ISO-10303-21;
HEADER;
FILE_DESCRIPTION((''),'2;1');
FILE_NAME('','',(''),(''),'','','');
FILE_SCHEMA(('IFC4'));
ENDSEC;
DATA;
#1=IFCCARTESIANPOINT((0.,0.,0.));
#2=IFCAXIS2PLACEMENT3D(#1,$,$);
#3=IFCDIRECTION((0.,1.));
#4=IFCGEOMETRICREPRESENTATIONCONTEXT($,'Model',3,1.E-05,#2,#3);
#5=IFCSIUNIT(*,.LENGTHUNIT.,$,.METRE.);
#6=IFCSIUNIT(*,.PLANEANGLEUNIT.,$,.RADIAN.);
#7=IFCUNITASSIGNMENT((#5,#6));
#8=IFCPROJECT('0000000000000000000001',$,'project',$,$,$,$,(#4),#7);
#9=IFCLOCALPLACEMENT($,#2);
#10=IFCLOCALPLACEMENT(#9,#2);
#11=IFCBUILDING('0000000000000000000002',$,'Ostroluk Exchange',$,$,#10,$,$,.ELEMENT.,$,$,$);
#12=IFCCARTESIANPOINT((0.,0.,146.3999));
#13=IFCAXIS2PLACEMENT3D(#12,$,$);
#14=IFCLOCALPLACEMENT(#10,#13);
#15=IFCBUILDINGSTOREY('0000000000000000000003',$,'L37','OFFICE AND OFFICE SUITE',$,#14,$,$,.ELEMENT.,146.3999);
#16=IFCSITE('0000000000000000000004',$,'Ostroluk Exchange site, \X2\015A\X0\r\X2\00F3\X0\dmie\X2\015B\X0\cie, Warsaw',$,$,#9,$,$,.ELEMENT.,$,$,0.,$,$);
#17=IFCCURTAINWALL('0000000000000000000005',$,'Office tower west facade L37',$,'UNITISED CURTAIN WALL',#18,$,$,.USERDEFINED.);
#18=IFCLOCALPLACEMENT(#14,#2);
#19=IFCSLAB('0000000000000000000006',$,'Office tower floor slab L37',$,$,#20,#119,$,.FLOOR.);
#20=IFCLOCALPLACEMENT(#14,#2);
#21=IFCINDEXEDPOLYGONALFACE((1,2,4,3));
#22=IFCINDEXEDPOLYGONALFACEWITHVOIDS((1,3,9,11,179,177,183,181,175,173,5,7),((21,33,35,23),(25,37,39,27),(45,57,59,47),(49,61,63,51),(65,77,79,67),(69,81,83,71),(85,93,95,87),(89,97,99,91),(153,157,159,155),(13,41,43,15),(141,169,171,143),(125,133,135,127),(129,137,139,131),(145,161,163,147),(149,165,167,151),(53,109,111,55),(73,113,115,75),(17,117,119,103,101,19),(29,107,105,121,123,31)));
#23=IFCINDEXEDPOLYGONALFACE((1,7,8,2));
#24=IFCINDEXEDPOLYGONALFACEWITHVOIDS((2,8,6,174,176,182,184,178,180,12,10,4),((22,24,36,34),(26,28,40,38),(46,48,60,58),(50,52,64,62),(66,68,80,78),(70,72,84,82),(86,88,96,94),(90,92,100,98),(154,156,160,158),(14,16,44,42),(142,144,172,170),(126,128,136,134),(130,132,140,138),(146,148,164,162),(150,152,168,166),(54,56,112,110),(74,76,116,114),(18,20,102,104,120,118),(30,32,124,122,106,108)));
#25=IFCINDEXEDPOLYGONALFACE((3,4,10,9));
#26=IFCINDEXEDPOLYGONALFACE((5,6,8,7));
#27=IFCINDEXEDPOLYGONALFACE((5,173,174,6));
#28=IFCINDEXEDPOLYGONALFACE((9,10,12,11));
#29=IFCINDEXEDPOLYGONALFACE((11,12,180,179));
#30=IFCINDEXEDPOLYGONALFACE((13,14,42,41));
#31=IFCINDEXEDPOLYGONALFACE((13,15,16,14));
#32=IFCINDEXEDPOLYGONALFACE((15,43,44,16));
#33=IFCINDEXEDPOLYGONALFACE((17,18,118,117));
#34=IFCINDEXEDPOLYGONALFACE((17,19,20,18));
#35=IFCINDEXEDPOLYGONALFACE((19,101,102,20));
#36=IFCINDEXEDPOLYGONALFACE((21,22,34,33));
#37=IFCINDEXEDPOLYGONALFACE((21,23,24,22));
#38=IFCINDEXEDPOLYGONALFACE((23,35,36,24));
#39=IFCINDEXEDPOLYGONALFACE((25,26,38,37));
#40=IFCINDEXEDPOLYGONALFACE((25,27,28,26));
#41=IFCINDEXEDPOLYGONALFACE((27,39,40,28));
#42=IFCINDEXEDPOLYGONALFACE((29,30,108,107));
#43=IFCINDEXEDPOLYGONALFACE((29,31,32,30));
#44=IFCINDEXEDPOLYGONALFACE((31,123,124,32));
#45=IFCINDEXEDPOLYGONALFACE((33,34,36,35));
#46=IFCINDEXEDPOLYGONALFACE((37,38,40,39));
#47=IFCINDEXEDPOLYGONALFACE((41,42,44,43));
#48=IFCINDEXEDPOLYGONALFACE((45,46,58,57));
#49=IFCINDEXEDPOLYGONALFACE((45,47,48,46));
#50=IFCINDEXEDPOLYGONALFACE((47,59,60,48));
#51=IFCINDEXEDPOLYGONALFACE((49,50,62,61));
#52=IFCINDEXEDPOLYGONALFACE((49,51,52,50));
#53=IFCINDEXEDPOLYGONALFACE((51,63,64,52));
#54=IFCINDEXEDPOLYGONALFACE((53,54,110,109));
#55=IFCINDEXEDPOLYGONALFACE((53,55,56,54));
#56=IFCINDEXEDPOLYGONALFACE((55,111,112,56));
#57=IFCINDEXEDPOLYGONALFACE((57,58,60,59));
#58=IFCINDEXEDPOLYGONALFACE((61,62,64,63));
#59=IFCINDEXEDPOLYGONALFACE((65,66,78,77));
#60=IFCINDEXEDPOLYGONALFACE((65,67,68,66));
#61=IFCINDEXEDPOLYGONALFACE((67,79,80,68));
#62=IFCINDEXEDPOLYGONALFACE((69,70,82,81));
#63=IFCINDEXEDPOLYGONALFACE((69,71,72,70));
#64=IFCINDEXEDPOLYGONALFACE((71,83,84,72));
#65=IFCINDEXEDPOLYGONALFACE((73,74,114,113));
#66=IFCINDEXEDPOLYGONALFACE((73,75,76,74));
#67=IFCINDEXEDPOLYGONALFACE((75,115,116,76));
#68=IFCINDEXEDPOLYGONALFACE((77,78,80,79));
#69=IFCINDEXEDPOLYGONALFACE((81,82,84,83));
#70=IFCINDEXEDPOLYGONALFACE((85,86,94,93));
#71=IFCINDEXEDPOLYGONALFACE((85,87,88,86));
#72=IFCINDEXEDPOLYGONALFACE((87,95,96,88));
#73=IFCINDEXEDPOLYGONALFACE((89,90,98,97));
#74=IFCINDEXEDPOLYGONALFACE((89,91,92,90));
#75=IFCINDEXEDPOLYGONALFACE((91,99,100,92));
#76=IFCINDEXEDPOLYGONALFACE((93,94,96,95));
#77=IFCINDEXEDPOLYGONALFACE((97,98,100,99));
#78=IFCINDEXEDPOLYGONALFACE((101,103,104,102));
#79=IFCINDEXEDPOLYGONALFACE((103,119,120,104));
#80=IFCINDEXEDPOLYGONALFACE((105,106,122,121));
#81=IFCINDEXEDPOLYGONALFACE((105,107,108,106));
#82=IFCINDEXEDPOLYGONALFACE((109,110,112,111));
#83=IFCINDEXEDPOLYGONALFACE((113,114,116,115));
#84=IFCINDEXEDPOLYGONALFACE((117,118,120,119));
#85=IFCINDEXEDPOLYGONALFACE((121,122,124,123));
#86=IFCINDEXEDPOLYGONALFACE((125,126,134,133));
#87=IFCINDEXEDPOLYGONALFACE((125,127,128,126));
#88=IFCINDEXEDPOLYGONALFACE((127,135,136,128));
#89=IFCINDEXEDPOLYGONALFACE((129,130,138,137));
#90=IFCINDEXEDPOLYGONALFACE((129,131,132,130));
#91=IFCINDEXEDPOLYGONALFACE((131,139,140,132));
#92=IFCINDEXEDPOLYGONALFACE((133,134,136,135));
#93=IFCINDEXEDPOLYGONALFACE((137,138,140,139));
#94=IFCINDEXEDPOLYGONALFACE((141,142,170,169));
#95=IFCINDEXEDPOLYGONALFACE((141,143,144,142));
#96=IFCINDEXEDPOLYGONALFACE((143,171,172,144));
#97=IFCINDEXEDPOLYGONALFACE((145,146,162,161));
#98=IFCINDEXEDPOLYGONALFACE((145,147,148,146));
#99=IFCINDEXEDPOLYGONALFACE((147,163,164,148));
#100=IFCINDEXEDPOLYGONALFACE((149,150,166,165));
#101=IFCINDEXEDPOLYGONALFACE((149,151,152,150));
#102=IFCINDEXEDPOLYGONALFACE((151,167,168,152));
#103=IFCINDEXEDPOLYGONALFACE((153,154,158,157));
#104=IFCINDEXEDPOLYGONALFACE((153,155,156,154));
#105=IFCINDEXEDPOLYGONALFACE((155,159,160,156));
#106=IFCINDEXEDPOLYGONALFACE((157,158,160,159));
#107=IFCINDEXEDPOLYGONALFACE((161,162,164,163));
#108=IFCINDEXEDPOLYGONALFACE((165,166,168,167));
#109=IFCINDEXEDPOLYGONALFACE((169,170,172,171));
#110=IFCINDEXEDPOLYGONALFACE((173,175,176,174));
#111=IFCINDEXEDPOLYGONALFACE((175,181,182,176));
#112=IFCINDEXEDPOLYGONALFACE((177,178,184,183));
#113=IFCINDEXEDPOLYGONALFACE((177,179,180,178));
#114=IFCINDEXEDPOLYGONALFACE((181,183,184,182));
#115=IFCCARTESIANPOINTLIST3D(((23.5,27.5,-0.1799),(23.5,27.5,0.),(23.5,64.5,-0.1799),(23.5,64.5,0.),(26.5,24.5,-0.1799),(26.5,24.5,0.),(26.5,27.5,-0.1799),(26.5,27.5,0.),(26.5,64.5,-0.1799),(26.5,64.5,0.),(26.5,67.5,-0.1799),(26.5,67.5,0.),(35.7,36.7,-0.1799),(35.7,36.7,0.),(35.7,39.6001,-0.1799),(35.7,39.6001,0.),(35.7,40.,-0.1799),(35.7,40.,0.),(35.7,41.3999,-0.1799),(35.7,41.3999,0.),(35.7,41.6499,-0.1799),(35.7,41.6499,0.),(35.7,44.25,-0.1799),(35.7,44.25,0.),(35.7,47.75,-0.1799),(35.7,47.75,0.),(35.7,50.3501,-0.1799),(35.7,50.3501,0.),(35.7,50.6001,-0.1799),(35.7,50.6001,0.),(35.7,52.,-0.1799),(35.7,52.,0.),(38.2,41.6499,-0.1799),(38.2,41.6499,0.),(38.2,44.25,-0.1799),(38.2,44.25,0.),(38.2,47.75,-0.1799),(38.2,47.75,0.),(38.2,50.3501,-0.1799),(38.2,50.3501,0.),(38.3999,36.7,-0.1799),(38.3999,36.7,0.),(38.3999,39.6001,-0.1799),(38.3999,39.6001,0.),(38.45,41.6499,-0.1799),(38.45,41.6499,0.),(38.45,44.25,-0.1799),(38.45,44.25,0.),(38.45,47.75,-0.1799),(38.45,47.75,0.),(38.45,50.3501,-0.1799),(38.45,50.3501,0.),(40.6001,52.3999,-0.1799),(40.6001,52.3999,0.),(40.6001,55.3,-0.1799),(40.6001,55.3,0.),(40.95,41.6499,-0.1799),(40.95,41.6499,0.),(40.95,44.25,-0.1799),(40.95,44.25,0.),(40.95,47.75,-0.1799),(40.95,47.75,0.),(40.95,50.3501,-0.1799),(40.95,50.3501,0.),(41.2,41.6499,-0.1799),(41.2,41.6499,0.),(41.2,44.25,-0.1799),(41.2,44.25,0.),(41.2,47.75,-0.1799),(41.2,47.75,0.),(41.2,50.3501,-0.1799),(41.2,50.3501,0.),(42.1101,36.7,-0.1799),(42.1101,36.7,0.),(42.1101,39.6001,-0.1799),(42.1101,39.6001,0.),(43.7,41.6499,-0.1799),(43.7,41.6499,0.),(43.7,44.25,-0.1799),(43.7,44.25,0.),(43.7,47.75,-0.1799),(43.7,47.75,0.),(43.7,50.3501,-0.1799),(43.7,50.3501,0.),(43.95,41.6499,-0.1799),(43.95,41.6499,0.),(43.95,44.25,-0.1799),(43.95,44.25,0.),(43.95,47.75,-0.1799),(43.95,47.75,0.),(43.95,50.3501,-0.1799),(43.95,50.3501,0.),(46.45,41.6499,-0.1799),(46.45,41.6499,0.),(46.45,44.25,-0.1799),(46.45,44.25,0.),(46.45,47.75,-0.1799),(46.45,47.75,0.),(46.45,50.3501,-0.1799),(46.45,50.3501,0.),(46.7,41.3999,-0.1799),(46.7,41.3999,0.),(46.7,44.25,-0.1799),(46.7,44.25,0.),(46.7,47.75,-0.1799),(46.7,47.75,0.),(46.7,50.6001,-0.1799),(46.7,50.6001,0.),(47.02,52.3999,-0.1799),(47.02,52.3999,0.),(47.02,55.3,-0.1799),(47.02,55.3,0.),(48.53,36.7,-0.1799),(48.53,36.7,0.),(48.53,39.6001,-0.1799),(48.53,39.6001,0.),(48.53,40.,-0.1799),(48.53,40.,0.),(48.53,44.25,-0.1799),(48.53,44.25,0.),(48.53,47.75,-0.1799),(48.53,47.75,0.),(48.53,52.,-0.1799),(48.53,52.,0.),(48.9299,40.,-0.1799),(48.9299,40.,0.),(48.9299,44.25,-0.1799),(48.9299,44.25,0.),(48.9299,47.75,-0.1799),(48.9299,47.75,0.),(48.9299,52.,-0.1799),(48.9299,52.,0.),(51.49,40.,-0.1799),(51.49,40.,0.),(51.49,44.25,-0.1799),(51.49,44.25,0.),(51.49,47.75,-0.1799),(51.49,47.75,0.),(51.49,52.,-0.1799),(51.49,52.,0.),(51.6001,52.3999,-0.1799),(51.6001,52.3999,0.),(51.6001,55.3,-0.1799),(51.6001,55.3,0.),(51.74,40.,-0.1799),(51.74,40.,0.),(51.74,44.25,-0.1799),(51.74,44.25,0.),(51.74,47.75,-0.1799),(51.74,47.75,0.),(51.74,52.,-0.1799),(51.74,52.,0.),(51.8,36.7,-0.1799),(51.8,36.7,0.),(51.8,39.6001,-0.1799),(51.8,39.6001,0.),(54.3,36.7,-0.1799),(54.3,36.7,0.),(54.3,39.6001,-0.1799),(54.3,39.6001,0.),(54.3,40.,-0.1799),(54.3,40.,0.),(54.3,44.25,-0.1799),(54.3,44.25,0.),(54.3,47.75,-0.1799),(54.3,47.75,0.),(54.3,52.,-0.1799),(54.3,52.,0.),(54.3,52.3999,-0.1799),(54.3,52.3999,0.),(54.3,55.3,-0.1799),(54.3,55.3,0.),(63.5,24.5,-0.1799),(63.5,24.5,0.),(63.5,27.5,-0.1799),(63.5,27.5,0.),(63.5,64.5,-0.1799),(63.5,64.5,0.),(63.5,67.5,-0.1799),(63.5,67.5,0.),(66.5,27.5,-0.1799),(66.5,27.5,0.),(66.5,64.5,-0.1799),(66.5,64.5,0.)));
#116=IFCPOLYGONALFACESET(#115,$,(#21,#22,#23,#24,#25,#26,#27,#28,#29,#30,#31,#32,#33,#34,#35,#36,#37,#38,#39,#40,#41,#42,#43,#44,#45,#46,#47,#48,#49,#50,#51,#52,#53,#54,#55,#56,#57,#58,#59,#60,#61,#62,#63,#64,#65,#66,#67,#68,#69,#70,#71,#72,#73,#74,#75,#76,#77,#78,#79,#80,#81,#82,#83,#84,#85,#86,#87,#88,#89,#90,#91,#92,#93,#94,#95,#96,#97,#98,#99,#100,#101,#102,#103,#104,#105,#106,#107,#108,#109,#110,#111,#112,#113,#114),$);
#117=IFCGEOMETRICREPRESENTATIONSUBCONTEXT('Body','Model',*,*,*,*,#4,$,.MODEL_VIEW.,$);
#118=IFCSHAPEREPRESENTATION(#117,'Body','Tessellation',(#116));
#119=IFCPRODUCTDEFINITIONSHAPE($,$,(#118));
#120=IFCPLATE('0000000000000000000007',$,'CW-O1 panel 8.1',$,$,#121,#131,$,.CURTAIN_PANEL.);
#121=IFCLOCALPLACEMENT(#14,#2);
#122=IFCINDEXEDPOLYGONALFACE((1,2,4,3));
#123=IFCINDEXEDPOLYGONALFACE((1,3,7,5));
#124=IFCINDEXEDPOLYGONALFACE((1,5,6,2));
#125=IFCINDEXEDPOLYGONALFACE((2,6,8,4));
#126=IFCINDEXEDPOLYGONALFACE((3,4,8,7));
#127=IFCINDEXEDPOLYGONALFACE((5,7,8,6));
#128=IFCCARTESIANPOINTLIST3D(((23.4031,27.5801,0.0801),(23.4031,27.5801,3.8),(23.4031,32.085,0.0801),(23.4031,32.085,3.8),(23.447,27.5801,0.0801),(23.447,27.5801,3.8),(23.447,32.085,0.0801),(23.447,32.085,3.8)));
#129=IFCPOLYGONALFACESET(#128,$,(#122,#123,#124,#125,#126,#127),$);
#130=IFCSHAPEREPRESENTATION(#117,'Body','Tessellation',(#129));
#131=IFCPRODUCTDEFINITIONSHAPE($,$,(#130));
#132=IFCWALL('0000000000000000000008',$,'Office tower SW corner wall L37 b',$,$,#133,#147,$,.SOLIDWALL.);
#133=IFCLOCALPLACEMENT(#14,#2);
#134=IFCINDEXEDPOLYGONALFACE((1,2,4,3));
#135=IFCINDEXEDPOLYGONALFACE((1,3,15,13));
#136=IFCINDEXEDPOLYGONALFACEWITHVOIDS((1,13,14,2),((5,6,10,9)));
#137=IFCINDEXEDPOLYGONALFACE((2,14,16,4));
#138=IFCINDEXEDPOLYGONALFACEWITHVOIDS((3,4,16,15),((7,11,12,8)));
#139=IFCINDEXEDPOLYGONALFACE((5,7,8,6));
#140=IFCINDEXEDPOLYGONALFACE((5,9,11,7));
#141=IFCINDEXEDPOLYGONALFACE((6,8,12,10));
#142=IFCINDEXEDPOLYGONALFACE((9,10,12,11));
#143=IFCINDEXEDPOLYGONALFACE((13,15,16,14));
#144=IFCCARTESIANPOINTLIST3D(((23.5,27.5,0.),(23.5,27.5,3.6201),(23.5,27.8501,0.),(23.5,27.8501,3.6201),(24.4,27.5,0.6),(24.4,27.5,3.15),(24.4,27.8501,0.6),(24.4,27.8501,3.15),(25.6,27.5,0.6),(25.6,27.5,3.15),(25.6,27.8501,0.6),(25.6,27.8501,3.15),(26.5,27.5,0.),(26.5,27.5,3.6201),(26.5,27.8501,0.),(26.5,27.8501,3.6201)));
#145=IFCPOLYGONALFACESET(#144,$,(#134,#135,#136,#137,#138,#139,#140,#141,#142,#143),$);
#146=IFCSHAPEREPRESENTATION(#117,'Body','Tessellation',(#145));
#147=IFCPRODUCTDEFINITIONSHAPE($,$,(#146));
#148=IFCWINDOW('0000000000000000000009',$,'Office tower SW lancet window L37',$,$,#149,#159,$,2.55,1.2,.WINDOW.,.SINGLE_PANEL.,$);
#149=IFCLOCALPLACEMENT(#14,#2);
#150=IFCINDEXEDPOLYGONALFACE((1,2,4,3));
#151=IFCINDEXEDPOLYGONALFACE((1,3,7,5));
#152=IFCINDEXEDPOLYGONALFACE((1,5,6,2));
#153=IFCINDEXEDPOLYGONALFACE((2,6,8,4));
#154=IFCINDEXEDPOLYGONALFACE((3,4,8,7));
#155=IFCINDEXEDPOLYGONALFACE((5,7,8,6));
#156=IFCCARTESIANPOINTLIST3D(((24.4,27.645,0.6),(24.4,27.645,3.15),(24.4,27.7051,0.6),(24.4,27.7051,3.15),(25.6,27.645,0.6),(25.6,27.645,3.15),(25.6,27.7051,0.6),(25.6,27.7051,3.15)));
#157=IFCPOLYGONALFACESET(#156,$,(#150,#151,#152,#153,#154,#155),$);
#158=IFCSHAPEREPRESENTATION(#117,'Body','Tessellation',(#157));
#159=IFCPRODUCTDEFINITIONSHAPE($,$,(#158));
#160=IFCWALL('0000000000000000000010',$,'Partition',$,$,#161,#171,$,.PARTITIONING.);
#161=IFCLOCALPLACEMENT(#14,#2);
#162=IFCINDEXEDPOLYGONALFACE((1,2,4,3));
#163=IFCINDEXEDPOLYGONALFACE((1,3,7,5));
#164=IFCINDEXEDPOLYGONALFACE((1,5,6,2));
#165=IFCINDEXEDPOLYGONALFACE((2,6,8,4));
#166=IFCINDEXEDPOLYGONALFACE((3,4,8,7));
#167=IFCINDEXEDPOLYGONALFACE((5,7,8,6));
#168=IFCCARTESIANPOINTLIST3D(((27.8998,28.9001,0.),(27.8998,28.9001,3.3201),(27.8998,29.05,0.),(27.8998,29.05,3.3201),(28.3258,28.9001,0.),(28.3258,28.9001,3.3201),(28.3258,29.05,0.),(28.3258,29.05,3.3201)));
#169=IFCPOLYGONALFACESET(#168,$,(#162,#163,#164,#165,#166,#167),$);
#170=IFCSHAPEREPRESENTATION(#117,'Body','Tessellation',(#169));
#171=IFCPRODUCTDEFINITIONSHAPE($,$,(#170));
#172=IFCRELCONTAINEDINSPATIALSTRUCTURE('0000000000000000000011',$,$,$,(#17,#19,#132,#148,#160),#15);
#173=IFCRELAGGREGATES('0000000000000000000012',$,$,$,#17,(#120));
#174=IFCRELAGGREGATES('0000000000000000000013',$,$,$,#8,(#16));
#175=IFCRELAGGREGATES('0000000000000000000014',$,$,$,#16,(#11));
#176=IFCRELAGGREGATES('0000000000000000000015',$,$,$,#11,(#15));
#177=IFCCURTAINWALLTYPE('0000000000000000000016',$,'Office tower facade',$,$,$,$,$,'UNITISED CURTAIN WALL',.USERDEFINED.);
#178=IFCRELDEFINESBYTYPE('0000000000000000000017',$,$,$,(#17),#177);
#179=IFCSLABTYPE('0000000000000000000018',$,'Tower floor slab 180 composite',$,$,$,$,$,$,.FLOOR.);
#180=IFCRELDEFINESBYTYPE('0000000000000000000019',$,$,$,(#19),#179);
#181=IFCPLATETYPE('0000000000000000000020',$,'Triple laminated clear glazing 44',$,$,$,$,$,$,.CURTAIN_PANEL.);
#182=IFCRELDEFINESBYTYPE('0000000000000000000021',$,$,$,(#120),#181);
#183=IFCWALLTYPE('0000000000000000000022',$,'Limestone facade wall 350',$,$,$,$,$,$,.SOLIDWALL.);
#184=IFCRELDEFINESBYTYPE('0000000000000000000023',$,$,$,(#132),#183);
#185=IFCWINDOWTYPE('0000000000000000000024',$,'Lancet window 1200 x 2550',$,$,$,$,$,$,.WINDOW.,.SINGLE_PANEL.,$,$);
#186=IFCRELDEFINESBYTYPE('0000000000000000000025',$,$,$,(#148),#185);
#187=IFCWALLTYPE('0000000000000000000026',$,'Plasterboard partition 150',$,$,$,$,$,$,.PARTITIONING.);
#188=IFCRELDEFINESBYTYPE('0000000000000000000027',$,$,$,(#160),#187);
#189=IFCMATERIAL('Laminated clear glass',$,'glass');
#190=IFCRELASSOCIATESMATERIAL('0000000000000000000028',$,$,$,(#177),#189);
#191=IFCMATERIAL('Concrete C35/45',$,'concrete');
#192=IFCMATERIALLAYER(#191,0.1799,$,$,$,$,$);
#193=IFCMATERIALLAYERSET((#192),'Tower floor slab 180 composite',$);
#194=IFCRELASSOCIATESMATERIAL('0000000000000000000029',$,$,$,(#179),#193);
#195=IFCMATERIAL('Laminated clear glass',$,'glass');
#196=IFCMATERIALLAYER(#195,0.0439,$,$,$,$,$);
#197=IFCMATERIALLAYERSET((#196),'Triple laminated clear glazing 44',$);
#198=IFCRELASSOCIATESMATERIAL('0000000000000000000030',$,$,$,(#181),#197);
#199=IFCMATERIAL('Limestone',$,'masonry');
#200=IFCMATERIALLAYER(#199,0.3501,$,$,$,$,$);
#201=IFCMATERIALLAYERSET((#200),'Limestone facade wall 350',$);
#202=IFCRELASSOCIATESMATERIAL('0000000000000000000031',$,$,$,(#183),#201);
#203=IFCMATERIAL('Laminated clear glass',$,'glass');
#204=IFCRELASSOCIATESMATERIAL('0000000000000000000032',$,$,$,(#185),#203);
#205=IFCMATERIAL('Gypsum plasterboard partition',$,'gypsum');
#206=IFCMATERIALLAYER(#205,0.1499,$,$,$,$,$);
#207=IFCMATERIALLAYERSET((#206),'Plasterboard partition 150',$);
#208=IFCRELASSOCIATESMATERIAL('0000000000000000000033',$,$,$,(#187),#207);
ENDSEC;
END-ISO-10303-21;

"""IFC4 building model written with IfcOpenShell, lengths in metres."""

from ifc_helpers import new_model, si_unit, direction, frame, frame_2d, origin, origin_2d, place, context, subcontext, project, spatial, polyline, rectangle, outline, extrude, material, layer, layer_set, type_object, element, fill, aggregate, save


model = new_model("IFC4")

# Units and contexts
model_context = context("Model", 3, precision=1e-05, world=origin(), true_north=direction((0.0, 1.0)))
body_context = subcontext(model_context, "Body", "Model", "MODEL_VIEW")
ifc_project = project(units=[si_unit("LENGTHUNIT", "METRE"), si_unit("PLANEANGLEUNIT", "RADIAN")], contexts=[model_context])

# Site, building, storey
site_placement = place(None, origin())
site = spatial("IfcSite", under=ifc_project, at=site_placement, Name="Ostroluk Exchange site, Śródmieście, Warsaw", CompositionType="ELEMENT", RefElevation=0.0)
building_placement = place(site_placement, origin())
building = spatial("IfcBuilding", under=site, at=building_placement, Name="Ostroluk Exchange", CompositionType="ELEMENT")
storey_placement = place(building_placement, frame((0.0, 0.0, 146.3999)))
storey = spatial("IfcBuildingStorey", under=building, at=storey_placement, Name="L37", Description="OFFICE AND OFFICE SUITE", CompositionType="ELEMENT", Elevation=146.3999)

# Curtain wall
ifc_material_1 = material(Name="Laminated clear glass", Category="glass")
curtain_wall_type = type_object("IfcCurtainWallType", Name="Office tower facade", ElementType="UNITISED CURTAIN WALL", PredefinedType="USERDEFINED", material=ifc_material_1)
curtain_wall_1_placement = place(storey_placement, origin())
curtain_wall_1 = element("IfcCurtainWall", 1, at=curtain_wall_1_placement, inside=storey, type_object=curtain_wall_type, Name="Office tower west facade L37", ObjectType="UNITISED CURTAIN WALL", PredefinedType="USERDEFINED")

# Slab
ifc_material_2 = material(Name="Concrete C35/45", Category="concrete")
ifc_layer_1 = layer(ifc_material_2, 0.1799)
ifc_layer_set_1 = layer_set([ifc_layer_1], Name="Tower floor slab 180 composite")
slab_type_1 = type_object("IfcSlabType", Name="Tower floor slab 180 composite", PredefinedType="FLOOR", material=ifc_layer_set_1)
slab_1_placement = place(storey_placement, frame((0.0, 0.0, -0.1799)))
element("IfcSlab", 2, at=slab_1_placement, inside=storey, type_object=slab_type_1, Name="Office tower floor slab L37", PredefinedType="FLOOR", context=body_context, shape_type="SweptSolid", body=[
    extrude(outline(polyline([(26.5, 24.5), (63.5, 24.5), (63.5, 27.5), (66.5, 27.5), (66.5, 64.5), (63.5, 64.5), (63.5, 67.5), (26.5, 67.5), (26.5, 64.5), (23.5, 64.5), (23.5, 27.5), (26.5, 27.5), (26.5, 24.5)]), holes=[polyline([(35.7, 36.7), (38.3999, 36.7), (38.3999, 39.6001), (35.7, 39.6001), (35.7, 36.7)]), polyline([(42.1101, 36.7), (48.53, 36.7), (48.53, 39.6001), (42.1101, 39.6001), (42.1101, 36.7)]), polyline([(51.8, 36.7), (54.3, 36.7), (54.3, 39.6001), (51.8, 39.6001), (51.8, 36.7)]), polyline([(40.6001, 52.3999), (47.02, 52.3999), (47.02, 55.3), (40.6001, 55.3), (40.6001, 52.3999)]), polyline([(51.6001, 52.3999), (54.3, 52.3999), (54.3, 55.3), (51.6001, 55.3), (51.6001, 52.3999)]), polyline([(35.7, 47.75), (38.2, 47.75), (38.2, 50.3501), (35.7, 50.3501), (35.7, 47.75)]), polyline([(38.45, 47.75), (40.95, 47.75), (40.95, 50.3501), (38.45, 50.3501), (38.45, 47.75)]), polyline([(41.2, 47.75), (43.7, 47.75), (43.7, 50.3501), (41.2, 50.3501), (41.2, 47.75)]), polyline([(43.95, 47.75), (46.45, 47.75), (46.45, 50.3501), (43.95, 50.3501), (43.95, 47.75)]), polyline([(35.7, 41.6499), (38.2, 41.6499), (38.2, 44.25), (35.7, 44.25), (35.7, 41.6499)]), polyline([(38.45, 41.6499), (40.95, 41.6499), (40.95, 44.25), (38.45, 44.25), (38.45, 41.6499)]), polyline([(41.2, 41.6499), (43.7, 41.6499), (43.7, 44.25), (41.2, 44.25), (41.2, 41.6499)]), polyline([(43.95, 41.6499), (46.45, 41.6499), (46.45, 44.25), (43.95, 44.25), (43.95, 41.6499)]), polyline([(48.9299, 47.75), (51.49, 47.75), (51.49, 52.0), (48.9299, 52.0), (48.9299, 47.75)]), polyline([(51.74, 47.75), (54.3, 47.75), (54.3, 52.0), (51.74, 52.0), (51.74, 47.75)]), polyline([(48.9299, 40.0), (51.49, 40.0), (51.49, 44.25), (48.9299, 44.25), (48.9299, 40.0)]), polyline([(51.74, 40.0), (54.3, 40.0), (54.3, 44.25), (51.74, 44.25), (51.74, 40.0)]), polyline([(48.53, 52.0), (48.53, 47.75), (46.7, 47.75), (46.7, 50.6001), (35.7, 50.6001), (35.7, 52.0), (48.53, 52.0)]), polyline([(35.7, 40.0), (35.7, 41.3999), (46.7, 41.3999), (46.7, 44.25), (48.53, 44.25), (48.53, 40.0), (35.7, 40.0)])]), origin(), (0.0, 0.0, 1.0), 0.1799),
])

# Plate
ifc_material_3 = material(Name="Laminated clear glass", Category="glass")
ifc_layer_2 = layer(ifc_material_3, 0.0439)
ifc_layer_set_2 = layer_set([ifc_layer_2], Name="Triple laminated clear glazing 44")
plate_type_1 = type_object("IfcPlateType", Name="Triple laminated clear glazing 44", PredefinedType="CURTAIN_PANEL", material=ifc_layer_set_2)
plate_1_placement = place(storey_placement, frame((23.425, 29.8325, 0.0801), z_axis=(0.0, 0.0, 1.0), x_axis=(0.0, -1.0, 0.0)))
plate_1 = element("IfcPlate", 3, at=plate_1_placement, type_object=plate_type_1, Name="CW-O1 panel 8.1", PredefinedType="CURTAIN_PANEL", context=body_context, shape_type="SweptSolid", body=[
    extrude(rectangle(XDim=4.5049, YDim=0.0439, at=origin_2d()), origin(), (0.0, 0.0, 1.0), 3.72),
])
aggregate(curtain_wall_1, [plate_1])

# Shared definitions
ifc_material_4 = material(Name="Limestone", Category="masonry")
ifc_layer_3 = layer(ifc_material_4, 0.3501)
ifc_layer_set_3 = layer_set([ifc_layer_3], Name="Limestone facade wall 350")
wall_type_1 = type_object("IfcWallType", Name="Limestone facade wall 350", PredefinedType="SOLIDWALL", material=ifc_layer_set_3)

# Wall, opening, window
wall_1_placement = place(storey_placement, frame((26.5, 27.675, 0.0), z_axis=(0.0, 0.0, 1.0), x_axis=(-1.0, 0.0, 0.0)))
wall_1 = element("IfcWall", 4, at=wall_1_placement, inside=storey, type_object=wall_type_1, Name="Office tower SW corner wall L37 b", PredefinedType="SOLIDWALL", context=body_context, shape_type="SweptSolid", body=[
    extrude(rectangle(XDim=3.0, YDim=0.3501, at=frame_2d((1.5, 0.0))), origin(), (0.0, 0.0, 1.0), 3.6201),
])
opening_1_placement = place(wall_1_placement, frame((0.8999, 0.0, 0.6001)))
opening_1 = element("IfcOpeningElement", 5, at=opening_1_placement, cuts=wall_1, PredefinedType="OPENING", context=body_context, shape_type="SweptSolid", body=[
    extrude(rectangle(XDim=1.2, YDim=2.55, at=frame_2d((0.6001, 1.2749))), frame((0.0, 0.1851, 0.0), z_axis=(0.0, -1.0, 0.0), x_axis=(1.0, 0.0, 0.0)), (0.0, 0.0, 1.0), 0.3701),
])
ifc_material_5 = material(Name="Laminated clear glass", Category="glass")
window_type = type_object("IfcWindowType", Name="Lancet window 1200 x 2550", PartitioningType="SINGLE_PANEL", PredefinedType="WINDOW", material=ifc_material_5)
window_placement = place(opening_1_placement, origin())
window = element("IfcWindow", 6, at=window_placement, inside=storey, type_object=window_type, Name="Office tower SW lancet window L37", OverallHeight=2.55, OverallWidth=1.2, PartitioningType="SINGLE_PANEL", PredefinedType="WINDOW", context=body_context, shape_type="SweptSolid", body=[
    extrude(rectangle(XDim=1.2, YDim=2.55, at=frame_2d((0.6001, 1.2749))), frame((0.0, 0.03, 0.0), z_axis=(0.0, -1.0, 0.0), x_axis=(1.0, 0.0, 0.0)), (0.0, 0.0, 1.0), 0.0601),
])
fill(opening_1, window)

# Wall
ifc_material_6 = material(Name="Gypsum plasterboard partition", Category="gypsum")
ifc_layer_4 = layer(ifc_material_6, 0.1499)
ifc_layer_set_4 = layer_set([ifc_layer_4], Name="Plasterboard partition 150")
wall_type_2 = type_object("IfcWallType", Name="Plasterboard partition 150", PredefinedType="PARTITIONING", material=ifc_layer_set_4)
wall_2_placement = place(storey_placement, frame((27.8999, 28.9751, 0.0), z_axis=(0.0, 0.0, 1.0), x_axis=(1.0, 0.0, 0.0)))
element("IfcWall", 7, at=wall_2_placement, inside=storey, type_object=wall_type_2, Name="Partition", PredefinedType="PARTITIONING", context=body_context, shape_type="SweptSolid", body=[
    extrude(rectangle(XDim=0.426, YDim=0.1499, at=frame_2d((0.2129, 0.0))), origin(), (0.0, 0.0, 1.0), 3.3201),
])

save(model, "model.ifc")
